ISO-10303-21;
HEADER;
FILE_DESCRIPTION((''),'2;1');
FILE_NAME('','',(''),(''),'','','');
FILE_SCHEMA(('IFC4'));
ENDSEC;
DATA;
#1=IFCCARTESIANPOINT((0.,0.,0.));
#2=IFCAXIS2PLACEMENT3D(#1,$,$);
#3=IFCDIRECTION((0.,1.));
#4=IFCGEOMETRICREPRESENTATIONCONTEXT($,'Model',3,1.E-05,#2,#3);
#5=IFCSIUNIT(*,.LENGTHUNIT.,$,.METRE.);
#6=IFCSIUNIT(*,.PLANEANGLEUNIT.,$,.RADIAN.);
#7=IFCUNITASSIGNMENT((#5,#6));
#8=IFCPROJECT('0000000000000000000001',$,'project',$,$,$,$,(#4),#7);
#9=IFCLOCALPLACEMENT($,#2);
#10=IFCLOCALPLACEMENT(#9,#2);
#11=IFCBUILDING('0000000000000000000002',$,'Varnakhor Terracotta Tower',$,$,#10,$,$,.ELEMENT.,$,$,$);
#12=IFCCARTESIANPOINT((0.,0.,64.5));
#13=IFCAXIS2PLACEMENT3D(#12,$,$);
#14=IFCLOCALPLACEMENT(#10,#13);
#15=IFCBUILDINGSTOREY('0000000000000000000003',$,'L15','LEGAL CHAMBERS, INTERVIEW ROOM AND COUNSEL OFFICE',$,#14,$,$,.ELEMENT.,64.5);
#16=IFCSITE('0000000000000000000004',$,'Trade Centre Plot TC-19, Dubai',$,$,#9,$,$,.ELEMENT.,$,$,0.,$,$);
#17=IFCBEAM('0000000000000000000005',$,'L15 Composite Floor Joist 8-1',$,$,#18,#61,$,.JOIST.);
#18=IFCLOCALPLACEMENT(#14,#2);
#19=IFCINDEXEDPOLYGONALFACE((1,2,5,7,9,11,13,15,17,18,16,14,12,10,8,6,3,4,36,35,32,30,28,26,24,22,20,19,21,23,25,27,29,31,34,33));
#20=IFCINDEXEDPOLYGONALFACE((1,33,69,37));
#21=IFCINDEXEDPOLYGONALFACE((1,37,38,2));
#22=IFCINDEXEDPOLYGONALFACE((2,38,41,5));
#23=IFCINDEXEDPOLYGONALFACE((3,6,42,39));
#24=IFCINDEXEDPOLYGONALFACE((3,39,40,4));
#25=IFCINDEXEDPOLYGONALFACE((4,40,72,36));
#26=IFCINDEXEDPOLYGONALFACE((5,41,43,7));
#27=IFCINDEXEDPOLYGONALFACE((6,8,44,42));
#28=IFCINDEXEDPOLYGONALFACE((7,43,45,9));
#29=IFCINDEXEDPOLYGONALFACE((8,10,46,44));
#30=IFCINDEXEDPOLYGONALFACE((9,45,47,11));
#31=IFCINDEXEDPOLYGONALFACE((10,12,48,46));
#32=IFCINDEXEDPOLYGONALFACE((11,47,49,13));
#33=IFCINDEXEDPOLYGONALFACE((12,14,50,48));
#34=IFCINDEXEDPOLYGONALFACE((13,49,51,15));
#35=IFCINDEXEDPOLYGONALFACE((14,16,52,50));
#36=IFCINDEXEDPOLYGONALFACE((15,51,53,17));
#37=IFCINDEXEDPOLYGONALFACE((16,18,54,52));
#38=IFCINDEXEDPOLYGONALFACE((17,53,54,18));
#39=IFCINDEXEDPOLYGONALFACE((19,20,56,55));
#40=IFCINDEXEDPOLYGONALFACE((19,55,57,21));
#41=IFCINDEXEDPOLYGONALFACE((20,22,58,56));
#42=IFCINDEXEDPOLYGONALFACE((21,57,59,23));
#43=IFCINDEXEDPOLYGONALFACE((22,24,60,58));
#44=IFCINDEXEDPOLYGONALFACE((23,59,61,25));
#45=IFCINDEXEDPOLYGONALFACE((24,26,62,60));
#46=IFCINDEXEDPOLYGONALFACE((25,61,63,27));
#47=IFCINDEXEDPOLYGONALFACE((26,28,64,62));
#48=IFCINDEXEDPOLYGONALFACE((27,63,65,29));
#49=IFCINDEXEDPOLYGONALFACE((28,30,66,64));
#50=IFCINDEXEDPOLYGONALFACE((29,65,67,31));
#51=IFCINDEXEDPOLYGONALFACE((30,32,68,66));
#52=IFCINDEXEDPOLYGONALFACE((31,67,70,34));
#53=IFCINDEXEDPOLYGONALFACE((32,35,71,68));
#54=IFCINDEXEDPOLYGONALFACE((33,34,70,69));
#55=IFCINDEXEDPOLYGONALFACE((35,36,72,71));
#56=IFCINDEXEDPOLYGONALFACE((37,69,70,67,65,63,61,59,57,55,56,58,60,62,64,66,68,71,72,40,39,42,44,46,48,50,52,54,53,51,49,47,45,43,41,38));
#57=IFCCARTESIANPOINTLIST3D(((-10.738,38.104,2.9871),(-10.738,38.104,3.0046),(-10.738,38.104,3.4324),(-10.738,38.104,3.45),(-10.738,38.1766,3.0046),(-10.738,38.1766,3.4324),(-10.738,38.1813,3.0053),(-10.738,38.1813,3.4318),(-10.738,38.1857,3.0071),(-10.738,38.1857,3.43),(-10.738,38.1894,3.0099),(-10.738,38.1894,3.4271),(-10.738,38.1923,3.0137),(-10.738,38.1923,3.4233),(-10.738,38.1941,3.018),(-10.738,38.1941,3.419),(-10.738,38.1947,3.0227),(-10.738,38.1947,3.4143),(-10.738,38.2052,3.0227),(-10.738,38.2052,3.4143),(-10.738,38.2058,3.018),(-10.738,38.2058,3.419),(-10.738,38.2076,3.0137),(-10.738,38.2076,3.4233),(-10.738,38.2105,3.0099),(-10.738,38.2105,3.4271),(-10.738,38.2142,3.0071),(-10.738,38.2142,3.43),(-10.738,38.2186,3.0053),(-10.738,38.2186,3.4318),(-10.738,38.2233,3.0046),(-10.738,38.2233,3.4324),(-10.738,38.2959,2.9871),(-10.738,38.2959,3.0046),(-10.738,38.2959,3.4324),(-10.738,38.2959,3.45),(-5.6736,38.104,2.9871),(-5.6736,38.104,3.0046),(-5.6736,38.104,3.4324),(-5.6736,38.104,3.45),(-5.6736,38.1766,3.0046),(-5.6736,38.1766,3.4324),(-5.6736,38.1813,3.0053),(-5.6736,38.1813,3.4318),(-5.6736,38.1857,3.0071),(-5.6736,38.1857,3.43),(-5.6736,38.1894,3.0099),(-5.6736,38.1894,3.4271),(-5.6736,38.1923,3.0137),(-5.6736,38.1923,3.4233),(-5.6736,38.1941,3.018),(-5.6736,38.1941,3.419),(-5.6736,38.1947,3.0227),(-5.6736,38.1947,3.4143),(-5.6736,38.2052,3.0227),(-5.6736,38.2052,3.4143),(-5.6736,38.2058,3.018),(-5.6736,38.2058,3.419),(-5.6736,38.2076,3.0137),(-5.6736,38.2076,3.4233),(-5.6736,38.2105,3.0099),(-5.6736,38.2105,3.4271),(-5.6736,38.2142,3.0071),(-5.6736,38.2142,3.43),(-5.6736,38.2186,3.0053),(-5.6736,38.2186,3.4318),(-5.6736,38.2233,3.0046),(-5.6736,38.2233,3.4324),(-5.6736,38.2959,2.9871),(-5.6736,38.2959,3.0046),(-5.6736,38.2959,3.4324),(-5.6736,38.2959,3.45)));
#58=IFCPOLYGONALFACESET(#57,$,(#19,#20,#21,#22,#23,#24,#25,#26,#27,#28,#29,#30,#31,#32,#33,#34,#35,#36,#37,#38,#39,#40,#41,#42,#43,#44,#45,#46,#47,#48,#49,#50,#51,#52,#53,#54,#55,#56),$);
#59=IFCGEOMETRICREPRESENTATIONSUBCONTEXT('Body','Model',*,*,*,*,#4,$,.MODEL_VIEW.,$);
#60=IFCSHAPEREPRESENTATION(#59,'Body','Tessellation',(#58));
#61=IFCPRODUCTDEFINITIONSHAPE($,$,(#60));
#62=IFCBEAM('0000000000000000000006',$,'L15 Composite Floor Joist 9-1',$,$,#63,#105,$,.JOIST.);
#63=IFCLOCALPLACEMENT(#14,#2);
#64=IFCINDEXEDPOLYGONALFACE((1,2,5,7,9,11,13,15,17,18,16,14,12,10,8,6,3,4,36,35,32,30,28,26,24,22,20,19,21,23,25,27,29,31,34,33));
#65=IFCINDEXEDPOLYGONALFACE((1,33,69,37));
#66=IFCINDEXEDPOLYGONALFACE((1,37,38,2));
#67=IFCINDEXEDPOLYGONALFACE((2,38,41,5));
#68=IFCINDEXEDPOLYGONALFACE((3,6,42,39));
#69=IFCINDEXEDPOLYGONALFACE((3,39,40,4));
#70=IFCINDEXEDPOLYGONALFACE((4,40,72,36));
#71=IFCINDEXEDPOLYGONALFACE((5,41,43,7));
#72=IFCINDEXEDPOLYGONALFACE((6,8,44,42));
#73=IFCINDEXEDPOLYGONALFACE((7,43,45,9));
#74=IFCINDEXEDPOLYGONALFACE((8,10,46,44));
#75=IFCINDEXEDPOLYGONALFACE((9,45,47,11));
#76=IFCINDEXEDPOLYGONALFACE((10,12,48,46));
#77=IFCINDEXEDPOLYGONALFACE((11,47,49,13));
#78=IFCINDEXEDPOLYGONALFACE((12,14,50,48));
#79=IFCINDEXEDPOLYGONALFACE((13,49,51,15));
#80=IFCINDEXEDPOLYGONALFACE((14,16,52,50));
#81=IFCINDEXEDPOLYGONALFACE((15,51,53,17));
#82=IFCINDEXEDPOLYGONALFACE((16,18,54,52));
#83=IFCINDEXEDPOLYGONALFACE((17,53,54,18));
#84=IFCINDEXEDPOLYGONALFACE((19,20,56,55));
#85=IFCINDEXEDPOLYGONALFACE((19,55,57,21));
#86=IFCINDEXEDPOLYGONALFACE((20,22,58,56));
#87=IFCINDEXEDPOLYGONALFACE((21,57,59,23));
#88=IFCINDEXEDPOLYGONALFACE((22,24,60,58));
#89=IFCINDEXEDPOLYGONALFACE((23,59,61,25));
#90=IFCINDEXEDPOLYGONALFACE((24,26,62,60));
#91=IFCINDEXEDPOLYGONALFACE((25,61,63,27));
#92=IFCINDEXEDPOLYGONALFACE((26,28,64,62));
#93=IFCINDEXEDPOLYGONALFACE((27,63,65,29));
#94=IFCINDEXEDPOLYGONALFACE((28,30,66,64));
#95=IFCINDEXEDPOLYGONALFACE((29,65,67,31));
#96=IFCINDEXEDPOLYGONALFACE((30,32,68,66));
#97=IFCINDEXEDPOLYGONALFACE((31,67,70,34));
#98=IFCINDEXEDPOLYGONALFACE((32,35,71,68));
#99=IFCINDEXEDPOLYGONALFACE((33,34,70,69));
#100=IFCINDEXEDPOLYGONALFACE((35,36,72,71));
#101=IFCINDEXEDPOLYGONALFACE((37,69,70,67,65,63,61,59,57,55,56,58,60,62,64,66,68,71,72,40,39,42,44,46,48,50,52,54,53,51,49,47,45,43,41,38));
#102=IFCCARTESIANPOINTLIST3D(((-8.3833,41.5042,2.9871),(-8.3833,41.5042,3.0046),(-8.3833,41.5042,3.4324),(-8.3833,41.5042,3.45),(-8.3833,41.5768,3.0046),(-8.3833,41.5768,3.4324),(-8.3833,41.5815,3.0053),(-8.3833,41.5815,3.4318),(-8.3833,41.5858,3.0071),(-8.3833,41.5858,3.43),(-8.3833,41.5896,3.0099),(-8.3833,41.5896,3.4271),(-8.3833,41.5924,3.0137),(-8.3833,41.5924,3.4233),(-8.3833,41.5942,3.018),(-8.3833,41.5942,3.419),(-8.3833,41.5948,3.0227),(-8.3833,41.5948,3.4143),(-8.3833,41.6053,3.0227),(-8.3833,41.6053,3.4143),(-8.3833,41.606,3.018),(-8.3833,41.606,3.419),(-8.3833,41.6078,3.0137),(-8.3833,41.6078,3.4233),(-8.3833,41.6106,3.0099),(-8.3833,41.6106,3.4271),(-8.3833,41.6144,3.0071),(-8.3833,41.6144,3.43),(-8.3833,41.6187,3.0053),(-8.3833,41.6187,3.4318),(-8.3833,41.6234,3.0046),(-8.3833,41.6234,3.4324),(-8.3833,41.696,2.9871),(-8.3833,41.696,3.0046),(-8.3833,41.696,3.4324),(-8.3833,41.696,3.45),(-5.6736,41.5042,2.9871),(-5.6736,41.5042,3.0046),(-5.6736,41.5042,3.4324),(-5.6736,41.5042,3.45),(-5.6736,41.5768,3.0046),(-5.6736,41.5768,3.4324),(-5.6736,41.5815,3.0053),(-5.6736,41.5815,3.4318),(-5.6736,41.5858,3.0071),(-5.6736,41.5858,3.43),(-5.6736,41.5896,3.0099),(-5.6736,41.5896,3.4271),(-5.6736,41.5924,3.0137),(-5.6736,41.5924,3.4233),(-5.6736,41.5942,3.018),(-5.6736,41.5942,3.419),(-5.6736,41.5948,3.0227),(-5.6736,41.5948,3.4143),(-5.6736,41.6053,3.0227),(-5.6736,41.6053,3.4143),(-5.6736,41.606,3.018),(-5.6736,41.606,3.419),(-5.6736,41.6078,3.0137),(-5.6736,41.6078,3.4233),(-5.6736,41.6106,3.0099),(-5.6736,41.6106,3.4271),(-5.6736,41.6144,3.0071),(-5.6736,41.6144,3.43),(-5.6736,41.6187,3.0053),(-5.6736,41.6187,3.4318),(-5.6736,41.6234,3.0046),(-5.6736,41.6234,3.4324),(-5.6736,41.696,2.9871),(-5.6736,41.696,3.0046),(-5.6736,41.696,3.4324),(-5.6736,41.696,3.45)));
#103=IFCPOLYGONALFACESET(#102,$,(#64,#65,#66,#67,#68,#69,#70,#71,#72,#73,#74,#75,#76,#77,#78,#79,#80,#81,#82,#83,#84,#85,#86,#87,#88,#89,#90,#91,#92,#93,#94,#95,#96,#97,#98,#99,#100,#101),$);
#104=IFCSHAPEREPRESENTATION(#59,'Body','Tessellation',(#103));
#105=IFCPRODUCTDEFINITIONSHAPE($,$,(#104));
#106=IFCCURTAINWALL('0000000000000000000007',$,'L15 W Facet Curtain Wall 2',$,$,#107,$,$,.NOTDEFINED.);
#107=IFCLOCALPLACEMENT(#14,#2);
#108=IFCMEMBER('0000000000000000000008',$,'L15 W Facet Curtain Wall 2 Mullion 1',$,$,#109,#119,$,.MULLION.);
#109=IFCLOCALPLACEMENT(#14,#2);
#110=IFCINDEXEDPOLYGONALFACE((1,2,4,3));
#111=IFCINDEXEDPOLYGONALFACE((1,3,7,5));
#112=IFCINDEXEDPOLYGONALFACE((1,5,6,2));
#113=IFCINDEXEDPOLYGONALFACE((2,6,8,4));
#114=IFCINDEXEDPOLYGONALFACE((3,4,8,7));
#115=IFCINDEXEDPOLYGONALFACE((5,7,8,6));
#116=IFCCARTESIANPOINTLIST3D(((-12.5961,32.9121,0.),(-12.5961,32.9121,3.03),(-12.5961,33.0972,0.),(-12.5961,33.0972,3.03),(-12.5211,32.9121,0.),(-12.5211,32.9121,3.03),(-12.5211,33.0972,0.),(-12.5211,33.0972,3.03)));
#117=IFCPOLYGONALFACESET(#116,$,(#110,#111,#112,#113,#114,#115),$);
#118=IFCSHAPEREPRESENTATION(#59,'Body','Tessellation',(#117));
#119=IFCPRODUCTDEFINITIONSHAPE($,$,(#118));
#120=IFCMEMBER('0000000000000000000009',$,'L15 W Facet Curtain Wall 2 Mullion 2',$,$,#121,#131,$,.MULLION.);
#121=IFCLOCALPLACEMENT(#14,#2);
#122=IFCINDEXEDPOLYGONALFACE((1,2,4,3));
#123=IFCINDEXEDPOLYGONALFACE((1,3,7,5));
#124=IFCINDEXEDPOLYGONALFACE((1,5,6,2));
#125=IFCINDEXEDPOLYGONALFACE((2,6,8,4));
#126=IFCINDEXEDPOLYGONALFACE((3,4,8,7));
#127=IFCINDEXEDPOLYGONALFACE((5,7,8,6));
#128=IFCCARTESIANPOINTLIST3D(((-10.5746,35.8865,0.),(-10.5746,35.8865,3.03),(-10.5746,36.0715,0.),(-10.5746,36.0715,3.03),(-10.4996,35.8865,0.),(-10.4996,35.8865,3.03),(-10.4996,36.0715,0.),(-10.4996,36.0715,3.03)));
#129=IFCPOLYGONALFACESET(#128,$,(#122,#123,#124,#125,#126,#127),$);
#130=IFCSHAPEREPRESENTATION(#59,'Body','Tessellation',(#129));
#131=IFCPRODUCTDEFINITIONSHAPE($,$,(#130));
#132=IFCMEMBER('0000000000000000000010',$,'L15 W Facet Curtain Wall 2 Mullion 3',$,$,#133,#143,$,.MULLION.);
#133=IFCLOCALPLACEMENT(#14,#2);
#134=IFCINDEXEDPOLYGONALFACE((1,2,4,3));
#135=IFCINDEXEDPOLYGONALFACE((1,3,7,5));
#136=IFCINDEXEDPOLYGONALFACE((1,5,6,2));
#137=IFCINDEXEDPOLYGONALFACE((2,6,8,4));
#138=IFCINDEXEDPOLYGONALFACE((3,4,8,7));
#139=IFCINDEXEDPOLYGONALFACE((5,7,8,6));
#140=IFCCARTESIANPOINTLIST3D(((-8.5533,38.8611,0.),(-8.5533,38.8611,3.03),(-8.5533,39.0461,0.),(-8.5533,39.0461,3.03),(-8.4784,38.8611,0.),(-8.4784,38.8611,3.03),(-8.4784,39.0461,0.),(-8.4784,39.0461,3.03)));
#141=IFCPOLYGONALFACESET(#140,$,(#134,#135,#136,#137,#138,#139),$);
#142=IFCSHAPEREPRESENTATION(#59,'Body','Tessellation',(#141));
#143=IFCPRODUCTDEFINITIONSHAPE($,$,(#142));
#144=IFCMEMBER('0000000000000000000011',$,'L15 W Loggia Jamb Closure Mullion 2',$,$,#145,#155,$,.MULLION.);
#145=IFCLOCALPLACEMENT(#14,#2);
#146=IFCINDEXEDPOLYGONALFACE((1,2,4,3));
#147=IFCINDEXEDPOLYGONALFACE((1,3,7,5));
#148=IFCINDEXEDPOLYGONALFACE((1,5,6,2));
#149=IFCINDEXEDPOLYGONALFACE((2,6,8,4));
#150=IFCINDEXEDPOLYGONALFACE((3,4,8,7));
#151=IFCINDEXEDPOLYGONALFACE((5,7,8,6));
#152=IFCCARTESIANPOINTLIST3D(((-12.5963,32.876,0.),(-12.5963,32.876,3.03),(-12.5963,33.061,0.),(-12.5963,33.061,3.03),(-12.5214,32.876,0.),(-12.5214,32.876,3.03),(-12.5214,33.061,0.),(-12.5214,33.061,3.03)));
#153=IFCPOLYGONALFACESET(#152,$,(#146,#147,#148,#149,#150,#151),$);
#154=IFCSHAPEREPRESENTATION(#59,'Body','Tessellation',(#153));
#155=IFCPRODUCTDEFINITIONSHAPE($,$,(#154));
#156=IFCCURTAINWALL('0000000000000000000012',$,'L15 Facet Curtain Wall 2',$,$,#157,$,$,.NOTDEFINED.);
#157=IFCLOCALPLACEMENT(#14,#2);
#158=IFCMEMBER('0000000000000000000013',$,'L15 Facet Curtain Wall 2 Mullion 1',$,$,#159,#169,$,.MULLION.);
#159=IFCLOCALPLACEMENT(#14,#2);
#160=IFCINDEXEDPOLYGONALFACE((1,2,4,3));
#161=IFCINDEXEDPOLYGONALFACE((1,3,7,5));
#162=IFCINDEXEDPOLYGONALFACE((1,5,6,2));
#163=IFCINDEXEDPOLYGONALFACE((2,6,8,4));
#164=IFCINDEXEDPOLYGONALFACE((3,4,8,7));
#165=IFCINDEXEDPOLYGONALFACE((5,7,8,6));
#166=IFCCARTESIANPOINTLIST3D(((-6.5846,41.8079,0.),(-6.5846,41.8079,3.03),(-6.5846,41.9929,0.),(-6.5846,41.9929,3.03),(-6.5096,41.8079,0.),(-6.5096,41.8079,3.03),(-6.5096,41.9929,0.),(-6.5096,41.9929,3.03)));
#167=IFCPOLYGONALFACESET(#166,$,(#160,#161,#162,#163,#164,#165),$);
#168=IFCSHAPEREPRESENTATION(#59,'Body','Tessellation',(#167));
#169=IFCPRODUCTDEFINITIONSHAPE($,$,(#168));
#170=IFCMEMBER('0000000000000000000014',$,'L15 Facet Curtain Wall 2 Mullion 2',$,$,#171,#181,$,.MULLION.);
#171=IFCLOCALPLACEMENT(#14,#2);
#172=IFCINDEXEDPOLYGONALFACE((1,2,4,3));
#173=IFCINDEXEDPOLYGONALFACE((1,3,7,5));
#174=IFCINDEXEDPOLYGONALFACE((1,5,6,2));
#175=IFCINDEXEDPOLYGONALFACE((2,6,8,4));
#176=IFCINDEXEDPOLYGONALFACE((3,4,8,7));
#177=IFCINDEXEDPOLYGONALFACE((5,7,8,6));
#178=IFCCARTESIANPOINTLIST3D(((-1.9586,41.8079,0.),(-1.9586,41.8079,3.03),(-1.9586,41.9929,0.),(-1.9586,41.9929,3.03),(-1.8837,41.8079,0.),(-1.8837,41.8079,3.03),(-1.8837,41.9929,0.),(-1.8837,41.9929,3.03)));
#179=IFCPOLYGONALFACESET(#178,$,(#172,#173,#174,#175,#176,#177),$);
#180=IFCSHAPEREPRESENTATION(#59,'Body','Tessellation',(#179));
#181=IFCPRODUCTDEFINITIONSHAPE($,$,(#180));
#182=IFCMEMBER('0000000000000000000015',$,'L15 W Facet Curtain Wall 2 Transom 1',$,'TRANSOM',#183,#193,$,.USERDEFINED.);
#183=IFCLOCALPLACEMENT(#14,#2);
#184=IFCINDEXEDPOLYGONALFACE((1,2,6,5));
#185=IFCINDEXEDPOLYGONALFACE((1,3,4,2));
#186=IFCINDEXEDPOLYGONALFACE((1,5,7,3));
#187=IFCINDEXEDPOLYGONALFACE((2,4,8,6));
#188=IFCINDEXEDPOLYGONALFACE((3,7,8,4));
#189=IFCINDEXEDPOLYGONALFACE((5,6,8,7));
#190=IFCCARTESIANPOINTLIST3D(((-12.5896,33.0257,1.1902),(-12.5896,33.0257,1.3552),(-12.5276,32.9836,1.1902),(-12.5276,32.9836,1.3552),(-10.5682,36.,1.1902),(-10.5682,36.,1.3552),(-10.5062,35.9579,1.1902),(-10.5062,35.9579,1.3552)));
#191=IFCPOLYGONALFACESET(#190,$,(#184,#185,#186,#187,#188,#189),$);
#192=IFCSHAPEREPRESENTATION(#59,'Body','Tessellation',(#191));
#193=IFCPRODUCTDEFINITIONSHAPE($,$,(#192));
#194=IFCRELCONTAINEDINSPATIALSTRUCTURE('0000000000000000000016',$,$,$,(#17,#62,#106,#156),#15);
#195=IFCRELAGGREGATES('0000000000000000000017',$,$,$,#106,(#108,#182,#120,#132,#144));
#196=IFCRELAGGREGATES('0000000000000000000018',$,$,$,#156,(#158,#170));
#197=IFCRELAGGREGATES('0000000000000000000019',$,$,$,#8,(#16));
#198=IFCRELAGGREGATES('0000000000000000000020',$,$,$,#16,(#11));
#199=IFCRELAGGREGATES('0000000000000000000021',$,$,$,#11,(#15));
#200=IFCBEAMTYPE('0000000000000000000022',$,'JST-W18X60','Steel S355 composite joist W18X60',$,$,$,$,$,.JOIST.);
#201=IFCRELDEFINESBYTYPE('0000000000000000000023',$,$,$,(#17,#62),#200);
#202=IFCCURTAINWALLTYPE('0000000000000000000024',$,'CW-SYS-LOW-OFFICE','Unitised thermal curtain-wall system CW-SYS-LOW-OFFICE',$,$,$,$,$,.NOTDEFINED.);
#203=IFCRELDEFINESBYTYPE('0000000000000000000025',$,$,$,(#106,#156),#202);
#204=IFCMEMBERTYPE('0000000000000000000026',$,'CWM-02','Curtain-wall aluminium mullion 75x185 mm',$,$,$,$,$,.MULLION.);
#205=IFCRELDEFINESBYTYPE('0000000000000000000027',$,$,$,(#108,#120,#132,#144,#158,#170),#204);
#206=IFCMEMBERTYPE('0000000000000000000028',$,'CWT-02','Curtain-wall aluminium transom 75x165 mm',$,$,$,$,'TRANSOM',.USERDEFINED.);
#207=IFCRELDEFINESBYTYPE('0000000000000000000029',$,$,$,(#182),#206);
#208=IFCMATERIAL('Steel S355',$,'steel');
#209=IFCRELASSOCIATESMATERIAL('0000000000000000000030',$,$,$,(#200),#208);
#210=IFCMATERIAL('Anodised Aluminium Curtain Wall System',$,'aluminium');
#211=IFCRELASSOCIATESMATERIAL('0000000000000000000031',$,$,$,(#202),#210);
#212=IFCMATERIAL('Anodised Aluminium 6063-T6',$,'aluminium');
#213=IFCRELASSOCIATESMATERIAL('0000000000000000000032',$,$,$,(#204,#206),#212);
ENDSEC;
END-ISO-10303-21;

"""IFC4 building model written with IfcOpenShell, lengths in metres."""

from ifc_helpers import new_model, si_unit, direction, frame, origin, origin_2d, place, context, subcontext, project, spatial, rectangle, i_section, extrude, source, transform, mapped, material, material_profile, profile_set, type_object, type_shapes, element, aggregate, save


model = new_model("IFC4")

# Units and contexts
model_context = context("Model", 3, precision=1e-05, world=origin(), true_north=direction((0.0, 1.0)))
body_context = subcontext(model_context, "Body", "Model", "MODEL_VIEW")
ifc_project = project(units=[si_unit("LENGTHUNIT", "METRE"), si_unit("PLANEANGLEUNIT", "RADIAN")], contexts=[model_context])

# Site, building, storey
site_placement = place(None, origin())
site = spatial("IfcSite", under=ifc_project, at=site_placement, Name="Trade Centre Plot TC-19, Dubai", CompositionType="ELEMENT", RefElevation=0.0)
building_placement = place(site_placement, origin())
building = spatial("IfcBuilding", under=site, at=building_placement, Name="Varnakhor Terracotta Tower", CompositionType="ELEMENT")
storey_placement = place(building_placement, frame((0.0, 0.0, 64.5)))
storey = spatial("IfcBuildingStorey", under=building, at=storey_placement, Name="L15", Description="LEGAL CHAMBERS, INTERVIEW ROOM AND COUNSEL OFFICE", CompositionType="ELEMENT", Elevation=64.5)

# Beams
ifc_material_1 = material(Name="Steel S355", Category="steel")
ifc_material_profile_1 = material_profile(ifc_material_1, i_section(OverallWidth=0.1919, OverallDepth=0.4629, WebThickness=0.0105, FlangeThickness=0.0176, FilletRadius=0.0181, at=origin_2d()), Name="W18X60")
ifc_profile_set_1 = profile_set([ifc_material_profile_1], Name="Steel S355")
beam_type_1 = type_object("IfcBeamType", Name="JST-W18X60", Description="Steel S355 composite joist W18X60", PredefinedType="JOIST", material=ifc_profile_set_1)
shared_shape_1 = source(origin(), body_context, "Body", "SweptSolid", [
    extrude(i_section(OverallWidth=0.1919, OverallDepth=0.4629, WebThickness=0.0105, FlangeThickness=0.0176, FilletRadius=0.0181, at=origin_2d()), origin(), (0.0, 0.0, 1.0), 5.0645),
])
beam_1_placement = place(storey_placement, frame((-10.738, 38.2, 3.2185), z_axis=(1.0, 0.0, 0.0), x_axis=(0.0, 1.0, 0.0)))
element("IfcBeam", 1, at=beam_1_placement, inside=storey, type_object=beam_type_1, Name="L15 Composite Floor Joist 8-1", PredefinedType="JOIST", context=body_context, shape_type="MappedRepresentation", body=[
    mapped(shared_shape_1, transform((0.0, 0.0, 0.0), scale=1.0)),
])
shared_shape_2 = source(origin(), body_context, "Body", "SweptSolid", [
    extrude(i_section(OverallWidth=0.1919, OverallDepth=0.4629, WebThickness=0.0105, FlangeThickness=0.0176, FilletRadius=0.0181, at=origin_2d()), origin(), (0.0, 0.0, 1.0), 2.7097),
])
beam_2_placement = place(storey_placement, frame((-8.3833, 41.6001, 3.2185), z_axis=(1.0, 0.0, 0.0), x_axis=(0.0, 1.0, 0.0)))
element("IfcBeam", 2, at=beam_2_placement, inside=storey, type_object=beam_type_1, Name="L15 Composite Floor Joist 9-1", PredefinedType="JOIST", context=body_context, shape_type="MappedRepresentation", body=[
    mapped(shared_shape_2, transform((0.0, 0.0, 0.0), scale=1.0)),
])

# Curtain walls, members
ifc_material_2 = material(Name="Anodised Aluminium Curtain Wall System", Category="aluminium")
curtain_wall_type = type_object("IfcCurtainWallType", Name="CW-SYS-LOW-OFFICE", Description="Unitised thermal curtain-wall system CW-SYS-LOW-OFFICE", PredefinedType="NOTDEFINED", material=ifc_material_2)
curtain_wall_1_placement = place(storey_placement, origin())
curtain_wall_1 = element("IfcCurtainWall", 3, at=curtain_wall_1_placement, inside=storey, type_object=curtain_wall_type, Name="L15 W Facet Curtain Wall 2", PredefinedType="NOTDEFINED")
ifc_material_3 = material(Name="Anodised Aluminium 6063-T6", Category="aluminium")
ifc_material_profile_2 = material_profile(ifc_material_3, rectangle(XDim=0.075, YDim=0.1851, at=origin_2d()), Name="ALU MULLION 75x185")
ifc_profile_set_2 = profile_set([ifc_material_profile_2], Name="Anodised Aluminium 6063-T6")
member_type_1 = type_object("IfcMemberType", Name="CWM-02", Description="Curtain-wall aluminium mullion 75x185 mm", PredefinedType="MULLION", material=ifc_profile_set_2)
shared_shape_3 = source(origin(), body_context, "Body", "SweptSolid", [
    extrude(rectangle(XDim=0.075, YDim=0.1851, at=origin_2d()), origin(), (0.0, 0.0, 1.0), 3.03),
])
type_shapes(member_type_1, [shared_shape_3])
member_1_placement = place(storey_placement, frame((-12.5586, 33.0046, 0.0), z_axis=(0.0, 0.0, 1.0), x_axis=(1.0, 0.0, 0.0)))
member_1 = element("IfcMember", 4, at=member_1_placement, type_object=member_type_1, Name="L15 W Facet Curtain Wall 2 Mullion 1", PredefinedType="MULLION", context=body_context, shape_type="MappedRepresentation", body=[
    mapped(shared_shape_3, transform((0.0, 0.0, 0.0), scale=1.0)),
])
member_2_placement = place(storey_placement, frame((-10.5371, 35.979, 0.0), z_axis=(0.0, 0.0, 1.0), x_axis=(1.0, 0.0, 0.0)))
member_2 = element("IfcMember", 5, at=member_2_placement, type_object=member_type_1, Name="L15 W Facet Curtain Wall 2 Mullion 2", PredefinedType="MULLION", context=body_context, shape_type="MappedRepresentation", body=[
    mapped(shared_shape_3, transform((0.0, 0.0, 0.0), scale=1.0)),
])
member_3_placement = place(storey_placement, frame((-8.5159, 38.9536, 0.0), z_axis=(0.0, 0.0, 1.0), x_axis=(1.0, 0.0, 0.0)))
member_3 = element("IfcMember", 6, at=member_3_placement, type_object=member_type_1, Name="L15 W Facet Curtain Wall 2 Mullion 3", PredefinedType="MULLION", context=body_context, shape_type="MappedRepresentation", body=[
    mapped(shared_shape_3, transform((0.0, 0.0, 0.0), scale=1.0)),
])
member_4_placement = place(storey_placement, frame((-12.5588, 32.9685, 0.0), z_axis=(0.0, 0.0, 1.0), x_axis=(1.0, 0.0, 0.0)))
member_4 = element("IfcMember", 7, at=member_4_placement, type_object=member_type_1, Name="L15 W Loggia Jamb Closure Mullion 2", PredefinedType="MULLION", context=body_context, shape_type="MappedRepresentation", body=[
    mapped(shared_shape_3, transform((0.0, 0.0, 0.0), scale=1.0)),
])
curtain_wall_2_placement = place(storey_placement, origin())
curtain_wall_2 = element("IfcCurtainWall", 8, at=curtain_wall_2_placement, inside=storey, type_object=curtain_wall_type, Name="L15 Facet Curtain Wall 2", PredefinedType="NOTDEFINED")
member_5_placement = place(storey_placement, frame((-6.5471, 41.9004, 0.0), z_axis=(0.0, 0.0, 1.0), x_axis=(1.0, 0.0, 0.0)))
member_5 = element("IfcMember", 9, at=member_5_placement, type_object=member_type_1, Name="L15 Facet Curtain Wall 2 Mullion 1", PredefinedType="MULLION", context=body_context, shape_type="MappedRepresentation", body=[
    mapped(shared_shape_3, transform((0.0, 0.0, 0.0), scale=1.0)),
])
member_6_placement = place(storey_placement, frame((-1.9211, 41.9004, 0.0), z_axis=(0.0, 0.0, 1.0), x_axis=(1.0, 0.0, 0.0)))
member_6 = element("IfcMember", 10, at=member_6_placement, type_object=member_type_1, Name="L15 Facet Curtain Wall 2 Mullion 2", PredefinedType="MULLION", context=body_context, shape_type="MappedRepresentation", body=[
    mapped(shared_shape_3, transform((0.0, 0.0, 0.0), scale=1.0)),
])

# Member
ifc_material_profile_3 = material_profile(ifc_material_3, rectangle(XDim=0.075, YDim=0.165, at=origin_2d()), Name="ALU TRANSOM 75x165")
ifc_profile_set_3 = profile_set([ifc_material_profile_3], Name="Anodised Aluminium 6063-T6")
member_type_2 = type_object("IfcMemberType", Name="CWT-02", Description="Curtain-wall aluminium transom 75x165 mm", ElementType="TRANSOM", PredefinedType="USERDEFINED", material=ifc_profile_set_3)
shared_shape_4 = source(origin(), body_context, "Body", "SweptSolid", [
    extrude(rectangle(XDim=0.075, YDim=0.165, at=origin_2d()), origin(), (0.0, 0.0, 1.0), 3.5962),
])
member_7_placement = place(storey_placement, frame((-12.5586, 33.0046, 1.2727), z_axis=(0.562104, 0.827067, 0.0), x_axis=(-0.827067, 0.562104, 0.0)))
member_7 = element("IfcMember", 11, at=member_7_placement, type_object=member_type_2, Name="L15 W Facet Curtain Wall 2 Transom 1", ObjectType="TRANSOM", PredefinedType="USERDEFINED", context=body_context, shape_type="MappedRepresentation", body=[
    mapped(shared_shape_4, transform((0.0, 0.0, 0.0), scale=1.0)),
])

aggregate(curtain_wall_1, [member_1, member_7, member_2, member_3, member_4])
aggregate(curtain_wall_2, [member_5, member_6])

save(model, "model.ifc")
